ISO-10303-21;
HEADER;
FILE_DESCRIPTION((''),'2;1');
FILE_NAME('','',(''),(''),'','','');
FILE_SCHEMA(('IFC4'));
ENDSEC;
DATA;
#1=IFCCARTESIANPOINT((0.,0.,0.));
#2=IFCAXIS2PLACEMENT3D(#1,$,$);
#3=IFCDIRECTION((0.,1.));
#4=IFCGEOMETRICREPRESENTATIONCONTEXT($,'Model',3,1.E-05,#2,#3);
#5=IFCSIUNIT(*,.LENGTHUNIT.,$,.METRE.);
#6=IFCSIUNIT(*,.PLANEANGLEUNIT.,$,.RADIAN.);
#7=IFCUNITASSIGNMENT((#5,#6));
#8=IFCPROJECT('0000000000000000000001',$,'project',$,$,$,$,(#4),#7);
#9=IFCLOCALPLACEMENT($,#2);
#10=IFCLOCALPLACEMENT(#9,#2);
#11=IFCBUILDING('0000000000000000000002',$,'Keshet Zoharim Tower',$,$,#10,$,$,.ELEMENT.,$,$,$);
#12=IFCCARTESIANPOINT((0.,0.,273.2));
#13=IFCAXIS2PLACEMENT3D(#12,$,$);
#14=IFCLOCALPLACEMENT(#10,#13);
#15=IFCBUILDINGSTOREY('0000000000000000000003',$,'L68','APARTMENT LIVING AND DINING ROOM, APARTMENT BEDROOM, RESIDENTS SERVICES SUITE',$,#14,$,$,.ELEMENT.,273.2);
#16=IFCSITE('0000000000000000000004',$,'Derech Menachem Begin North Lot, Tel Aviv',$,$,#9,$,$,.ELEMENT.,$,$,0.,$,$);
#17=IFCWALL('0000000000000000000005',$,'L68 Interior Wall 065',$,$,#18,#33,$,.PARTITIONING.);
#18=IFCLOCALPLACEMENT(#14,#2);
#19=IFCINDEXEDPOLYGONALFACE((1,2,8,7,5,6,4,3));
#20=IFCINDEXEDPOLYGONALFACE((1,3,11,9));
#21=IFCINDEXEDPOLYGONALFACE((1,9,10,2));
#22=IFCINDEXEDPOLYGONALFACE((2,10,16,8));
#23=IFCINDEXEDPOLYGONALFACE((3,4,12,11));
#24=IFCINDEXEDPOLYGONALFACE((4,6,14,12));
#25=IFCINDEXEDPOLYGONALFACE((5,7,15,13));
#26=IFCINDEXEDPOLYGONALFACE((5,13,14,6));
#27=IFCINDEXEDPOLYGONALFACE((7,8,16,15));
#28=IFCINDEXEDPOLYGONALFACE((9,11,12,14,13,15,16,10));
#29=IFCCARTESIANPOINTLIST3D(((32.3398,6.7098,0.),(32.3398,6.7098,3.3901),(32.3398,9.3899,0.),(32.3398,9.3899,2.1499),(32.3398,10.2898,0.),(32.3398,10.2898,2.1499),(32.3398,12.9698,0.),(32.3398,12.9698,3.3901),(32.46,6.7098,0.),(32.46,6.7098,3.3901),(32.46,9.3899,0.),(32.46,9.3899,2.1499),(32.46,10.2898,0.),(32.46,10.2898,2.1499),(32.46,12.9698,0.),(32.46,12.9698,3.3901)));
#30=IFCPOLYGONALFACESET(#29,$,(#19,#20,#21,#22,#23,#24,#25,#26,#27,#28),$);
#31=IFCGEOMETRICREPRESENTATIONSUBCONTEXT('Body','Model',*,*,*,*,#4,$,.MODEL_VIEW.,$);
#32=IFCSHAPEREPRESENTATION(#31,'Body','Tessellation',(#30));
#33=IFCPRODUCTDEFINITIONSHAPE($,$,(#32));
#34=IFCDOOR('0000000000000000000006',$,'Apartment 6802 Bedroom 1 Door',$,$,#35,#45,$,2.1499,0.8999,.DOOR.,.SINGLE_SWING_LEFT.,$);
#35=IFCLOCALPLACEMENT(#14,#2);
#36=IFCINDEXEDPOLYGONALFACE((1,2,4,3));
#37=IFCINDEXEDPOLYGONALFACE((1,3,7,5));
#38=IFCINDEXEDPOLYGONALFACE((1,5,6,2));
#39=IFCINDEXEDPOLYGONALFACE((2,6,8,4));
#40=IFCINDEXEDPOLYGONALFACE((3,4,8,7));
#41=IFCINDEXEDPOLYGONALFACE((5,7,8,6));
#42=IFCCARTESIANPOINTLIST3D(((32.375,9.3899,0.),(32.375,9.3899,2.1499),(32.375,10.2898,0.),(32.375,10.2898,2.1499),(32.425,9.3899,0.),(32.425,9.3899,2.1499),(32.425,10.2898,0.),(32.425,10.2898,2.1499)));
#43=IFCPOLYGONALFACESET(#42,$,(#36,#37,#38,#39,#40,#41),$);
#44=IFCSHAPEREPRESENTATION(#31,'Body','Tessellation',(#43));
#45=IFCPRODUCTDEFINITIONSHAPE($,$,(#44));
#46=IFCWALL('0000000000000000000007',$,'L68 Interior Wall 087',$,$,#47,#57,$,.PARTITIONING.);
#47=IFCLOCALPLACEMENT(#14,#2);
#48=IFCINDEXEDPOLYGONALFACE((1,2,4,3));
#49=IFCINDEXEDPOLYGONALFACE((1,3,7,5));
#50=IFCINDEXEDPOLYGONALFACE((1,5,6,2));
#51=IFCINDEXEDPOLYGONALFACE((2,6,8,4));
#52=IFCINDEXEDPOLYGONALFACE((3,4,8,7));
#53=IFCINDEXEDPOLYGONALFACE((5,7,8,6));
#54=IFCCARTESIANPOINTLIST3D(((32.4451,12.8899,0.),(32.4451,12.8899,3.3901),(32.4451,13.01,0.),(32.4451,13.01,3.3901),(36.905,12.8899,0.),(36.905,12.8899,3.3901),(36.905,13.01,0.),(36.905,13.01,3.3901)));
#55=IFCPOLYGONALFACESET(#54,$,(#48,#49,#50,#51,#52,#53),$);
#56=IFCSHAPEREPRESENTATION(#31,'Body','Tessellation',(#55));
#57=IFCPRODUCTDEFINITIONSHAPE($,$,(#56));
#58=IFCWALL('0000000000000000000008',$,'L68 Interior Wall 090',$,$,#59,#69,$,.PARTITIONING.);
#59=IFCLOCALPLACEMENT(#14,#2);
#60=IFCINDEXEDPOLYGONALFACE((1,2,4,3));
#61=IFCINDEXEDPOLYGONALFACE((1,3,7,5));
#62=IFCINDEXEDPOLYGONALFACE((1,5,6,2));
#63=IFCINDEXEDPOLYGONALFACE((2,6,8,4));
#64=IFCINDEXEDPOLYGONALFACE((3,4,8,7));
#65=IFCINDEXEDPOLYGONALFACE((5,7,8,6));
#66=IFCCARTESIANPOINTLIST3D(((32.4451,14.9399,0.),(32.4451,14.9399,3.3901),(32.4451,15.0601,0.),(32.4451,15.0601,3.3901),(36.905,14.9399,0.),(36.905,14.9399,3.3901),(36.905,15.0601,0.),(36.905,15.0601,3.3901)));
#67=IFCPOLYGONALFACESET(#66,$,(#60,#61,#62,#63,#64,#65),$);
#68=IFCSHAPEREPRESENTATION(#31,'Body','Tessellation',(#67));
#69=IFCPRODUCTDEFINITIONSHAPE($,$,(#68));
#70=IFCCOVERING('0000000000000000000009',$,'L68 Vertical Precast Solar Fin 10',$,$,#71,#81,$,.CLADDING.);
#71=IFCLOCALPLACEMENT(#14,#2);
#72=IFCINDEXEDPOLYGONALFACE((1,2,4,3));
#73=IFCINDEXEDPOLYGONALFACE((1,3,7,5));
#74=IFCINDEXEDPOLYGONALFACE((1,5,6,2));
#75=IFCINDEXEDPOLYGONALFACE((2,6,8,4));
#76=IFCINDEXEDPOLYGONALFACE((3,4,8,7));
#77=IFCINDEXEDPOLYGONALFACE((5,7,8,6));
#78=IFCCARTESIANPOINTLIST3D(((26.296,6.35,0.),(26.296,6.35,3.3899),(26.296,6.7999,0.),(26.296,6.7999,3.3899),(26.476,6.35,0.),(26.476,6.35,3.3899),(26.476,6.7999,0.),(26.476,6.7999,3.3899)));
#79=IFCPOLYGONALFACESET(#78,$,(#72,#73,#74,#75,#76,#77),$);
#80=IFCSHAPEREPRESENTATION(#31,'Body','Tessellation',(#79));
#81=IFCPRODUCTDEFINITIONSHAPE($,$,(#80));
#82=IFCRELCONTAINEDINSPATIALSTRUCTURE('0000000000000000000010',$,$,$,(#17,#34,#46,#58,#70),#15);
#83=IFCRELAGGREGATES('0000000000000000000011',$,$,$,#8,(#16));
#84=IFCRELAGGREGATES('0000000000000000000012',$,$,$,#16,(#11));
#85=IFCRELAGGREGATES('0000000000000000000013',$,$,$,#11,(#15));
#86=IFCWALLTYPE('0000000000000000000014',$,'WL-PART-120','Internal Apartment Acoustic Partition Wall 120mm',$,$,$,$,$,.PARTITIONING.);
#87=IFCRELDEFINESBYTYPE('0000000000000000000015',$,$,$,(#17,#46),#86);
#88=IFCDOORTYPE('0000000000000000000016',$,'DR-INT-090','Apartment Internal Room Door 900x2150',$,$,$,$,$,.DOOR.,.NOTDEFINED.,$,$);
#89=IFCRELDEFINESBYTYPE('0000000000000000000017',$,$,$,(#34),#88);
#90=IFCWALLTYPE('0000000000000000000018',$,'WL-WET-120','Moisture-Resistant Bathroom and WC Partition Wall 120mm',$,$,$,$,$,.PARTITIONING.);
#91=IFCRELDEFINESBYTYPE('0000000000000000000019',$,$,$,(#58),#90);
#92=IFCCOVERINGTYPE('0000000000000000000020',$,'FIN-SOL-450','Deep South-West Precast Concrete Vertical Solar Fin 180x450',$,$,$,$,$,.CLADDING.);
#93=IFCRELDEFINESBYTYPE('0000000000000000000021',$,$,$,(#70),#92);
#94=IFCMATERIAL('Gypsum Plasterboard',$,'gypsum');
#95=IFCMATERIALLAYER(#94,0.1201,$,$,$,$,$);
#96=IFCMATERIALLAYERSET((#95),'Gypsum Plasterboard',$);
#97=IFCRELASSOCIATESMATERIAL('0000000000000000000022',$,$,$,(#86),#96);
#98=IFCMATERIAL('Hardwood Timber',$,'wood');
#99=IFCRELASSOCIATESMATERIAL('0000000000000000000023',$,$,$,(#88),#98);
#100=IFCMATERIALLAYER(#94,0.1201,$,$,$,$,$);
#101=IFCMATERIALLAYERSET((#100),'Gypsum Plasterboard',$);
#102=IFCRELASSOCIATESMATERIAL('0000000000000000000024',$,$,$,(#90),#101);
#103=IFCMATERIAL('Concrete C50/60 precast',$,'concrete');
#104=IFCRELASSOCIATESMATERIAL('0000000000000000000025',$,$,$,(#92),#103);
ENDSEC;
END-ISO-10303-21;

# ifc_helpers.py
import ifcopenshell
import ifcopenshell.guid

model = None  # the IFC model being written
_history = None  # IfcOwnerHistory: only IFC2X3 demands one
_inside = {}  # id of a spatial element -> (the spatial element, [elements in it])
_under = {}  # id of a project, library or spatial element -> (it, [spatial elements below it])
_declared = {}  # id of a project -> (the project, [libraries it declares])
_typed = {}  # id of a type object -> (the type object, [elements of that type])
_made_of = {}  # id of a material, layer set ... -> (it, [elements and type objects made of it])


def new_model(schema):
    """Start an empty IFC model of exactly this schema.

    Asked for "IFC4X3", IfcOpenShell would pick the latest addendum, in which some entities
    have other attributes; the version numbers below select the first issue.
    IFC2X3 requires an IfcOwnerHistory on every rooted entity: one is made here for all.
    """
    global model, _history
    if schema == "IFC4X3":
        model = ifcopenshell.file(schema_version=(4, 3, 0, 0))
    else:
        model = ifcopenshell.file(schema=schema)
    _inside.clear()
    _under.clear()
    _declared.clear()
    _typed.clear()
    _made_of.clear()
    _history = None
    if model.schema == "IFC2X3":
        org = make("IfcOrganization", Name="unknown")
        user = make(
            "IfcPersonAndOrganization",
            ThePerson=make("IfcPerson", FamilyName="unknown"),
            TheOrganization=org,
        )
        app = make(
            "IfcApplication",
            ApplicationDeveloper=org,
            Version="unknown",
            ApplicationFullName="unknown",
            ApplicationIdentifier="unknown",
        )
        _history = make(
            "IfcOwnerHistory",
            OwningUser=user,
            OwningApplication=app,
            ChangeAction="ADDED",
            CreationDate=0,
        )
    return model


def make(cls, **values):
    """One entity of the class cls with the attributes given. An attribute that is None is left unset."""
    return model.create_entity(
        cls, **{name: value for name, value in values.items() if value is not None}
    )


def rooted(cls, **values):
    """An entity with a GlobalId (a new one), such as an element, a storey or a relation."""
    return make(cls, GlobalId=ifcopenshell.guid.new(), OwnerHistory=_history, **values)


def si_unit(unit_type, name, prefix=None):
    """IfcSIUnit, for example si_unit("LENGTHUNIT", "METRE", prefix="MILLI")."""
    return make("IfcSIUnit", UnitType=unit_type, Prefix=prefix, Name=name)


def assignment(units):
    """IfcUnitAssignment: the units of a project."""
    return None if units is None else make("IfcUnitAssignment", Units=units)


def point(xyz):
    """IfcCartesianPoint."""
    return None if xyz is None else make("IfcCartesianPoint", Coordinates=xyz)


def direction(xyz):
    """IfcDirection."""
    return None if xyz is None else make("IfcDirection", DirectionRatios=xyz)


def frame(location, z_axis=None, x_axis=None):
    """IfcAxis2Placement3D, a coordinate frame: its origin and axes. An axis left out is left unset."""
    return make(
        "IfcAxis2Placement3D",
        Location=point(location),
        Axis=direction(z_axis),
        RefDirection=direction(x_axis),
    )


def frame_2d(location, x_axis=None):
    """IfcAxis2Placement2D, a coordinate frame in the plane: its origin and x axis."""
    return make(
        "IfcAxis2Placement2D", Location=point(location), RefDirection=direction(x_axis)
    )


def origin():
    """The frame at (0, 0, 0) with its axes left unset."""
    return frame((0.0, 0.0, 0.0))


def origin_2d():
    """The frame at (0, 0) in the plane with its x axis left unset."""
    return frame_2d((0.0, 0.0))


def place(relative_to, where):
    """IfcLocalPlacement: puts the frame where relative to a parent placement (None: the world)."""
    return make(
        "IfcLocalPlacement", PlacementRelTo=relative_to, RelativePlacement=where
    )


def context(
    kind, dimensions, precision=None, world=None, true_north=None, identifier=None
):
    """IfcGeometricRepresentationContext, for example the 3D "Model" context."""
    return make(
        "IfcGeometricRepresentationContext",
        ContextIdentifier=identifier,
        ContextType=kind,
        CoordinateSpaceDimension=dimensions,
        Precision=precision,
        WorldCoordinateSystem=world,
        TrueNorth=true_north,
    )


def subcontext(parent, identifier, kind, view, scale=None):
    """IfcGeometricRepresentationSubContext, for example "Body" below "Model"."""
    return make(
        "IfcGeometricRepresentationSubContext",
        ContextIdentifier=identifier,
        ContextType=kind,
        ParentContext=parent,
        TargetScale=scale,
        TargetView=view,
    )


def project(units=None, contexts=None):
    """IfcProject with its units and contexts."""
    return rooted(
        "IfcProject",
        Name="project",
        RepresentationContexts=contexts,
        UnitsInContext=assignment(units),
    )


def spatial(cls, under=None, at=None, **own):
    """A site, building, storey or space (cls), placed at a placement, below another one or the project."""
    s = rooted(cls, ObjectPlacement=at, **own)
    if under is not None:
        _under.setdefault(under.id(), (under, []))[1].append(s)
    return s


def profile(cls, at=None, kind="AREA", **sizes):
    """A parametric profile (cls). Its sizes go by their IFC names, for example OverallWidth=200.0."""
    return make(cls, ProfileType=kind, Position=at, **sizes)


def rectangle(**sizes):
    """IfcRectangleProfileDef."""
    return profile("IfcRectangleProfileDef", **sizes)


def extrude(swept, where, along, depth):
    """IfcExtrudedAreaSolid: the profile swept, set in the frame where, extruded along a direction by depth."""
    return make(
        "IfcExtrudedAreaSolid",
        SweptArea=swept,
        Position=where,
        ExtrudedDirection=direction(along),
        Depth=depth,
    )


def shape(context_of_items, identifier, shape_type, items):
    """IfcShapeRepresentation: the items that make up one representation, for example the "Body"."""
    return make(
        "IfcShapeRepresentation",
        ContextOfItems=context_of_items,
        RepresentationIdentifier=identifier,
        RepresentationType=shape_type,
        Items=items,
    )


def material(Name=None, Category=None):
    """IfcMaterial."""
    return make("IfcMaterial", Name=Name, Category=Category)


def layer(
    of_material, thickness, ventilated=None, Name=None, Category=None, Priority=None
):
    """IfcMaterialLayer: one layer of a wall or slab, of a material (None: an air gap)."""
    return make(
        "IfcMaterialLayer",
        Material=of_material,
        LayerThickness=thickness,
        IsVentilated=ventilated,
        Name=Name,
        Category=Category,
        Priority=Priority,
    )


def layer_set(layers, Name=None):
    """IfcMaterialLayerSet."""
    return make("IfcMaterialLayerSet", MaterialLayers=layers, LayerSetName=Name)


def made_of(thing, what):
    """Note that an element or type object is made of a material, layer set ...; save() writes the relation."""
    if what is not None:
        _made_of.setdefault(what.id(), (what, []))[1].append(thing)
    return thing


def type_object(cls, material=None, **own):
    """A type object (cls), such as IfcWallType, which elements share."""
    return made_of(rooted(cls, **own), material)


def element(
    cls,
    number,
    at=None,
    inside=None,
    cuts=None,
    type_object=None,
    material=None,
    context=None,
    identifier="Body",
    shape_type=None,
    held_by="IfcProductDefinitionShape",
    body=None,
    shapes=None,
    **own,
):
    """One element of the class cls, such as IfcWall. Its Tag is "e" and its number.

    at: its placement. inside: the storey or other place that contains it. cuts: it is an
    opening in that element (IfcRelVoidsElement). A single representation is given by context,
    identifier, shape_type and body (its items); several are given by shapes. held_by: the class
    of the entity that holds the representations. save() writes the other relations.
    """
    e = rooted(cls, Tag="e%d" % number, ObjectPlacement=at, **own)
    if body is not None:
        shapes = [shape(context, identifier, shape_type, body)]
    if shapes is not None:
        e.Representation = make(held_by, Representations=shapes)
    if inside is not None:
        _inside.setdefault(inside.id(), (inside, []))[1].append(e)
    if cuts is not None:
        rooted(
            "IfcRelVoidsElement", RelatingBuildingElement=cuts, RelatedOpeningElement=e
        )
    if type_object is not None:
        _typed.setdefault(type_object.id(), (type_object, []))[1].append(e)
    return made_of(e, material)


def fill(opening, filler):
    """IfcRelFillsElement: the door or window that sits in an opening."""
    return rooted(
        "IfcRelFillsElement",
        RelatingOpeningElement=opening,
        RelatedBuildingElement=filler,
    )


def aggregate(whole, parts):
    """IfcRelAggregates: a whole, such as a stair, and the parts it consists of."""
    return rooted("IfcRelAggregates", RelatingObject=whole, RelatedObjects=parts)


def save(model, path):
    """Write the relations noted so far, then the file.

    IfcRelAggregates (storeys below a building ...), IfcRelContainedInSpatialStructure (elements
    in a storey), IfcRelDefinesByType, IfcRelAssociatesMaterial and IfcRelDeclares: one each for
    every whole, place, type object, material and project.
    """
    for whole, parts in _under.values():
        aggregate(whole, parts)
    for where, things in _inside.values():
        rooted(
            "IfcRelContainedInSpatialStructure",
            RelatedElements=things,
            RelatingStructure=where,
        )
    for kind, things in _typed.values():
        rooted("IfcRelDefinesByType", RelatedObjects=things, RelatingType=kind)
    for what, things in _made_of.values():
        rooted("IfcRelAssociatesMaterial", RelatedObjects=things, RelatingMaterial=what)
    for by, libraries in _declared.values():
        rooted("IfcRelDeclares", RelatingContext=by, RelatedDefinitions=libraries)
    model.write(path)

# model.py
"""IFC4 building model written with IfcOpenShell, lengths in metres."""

from ifc_helpers import new_model, si_unit, direction, frame, frame_2d, origin, origin_2d, place, context, subcontext, project, spatial, rectangle, extrude, material, layer, layer_set, type_object, element, fill, save


model = new_model("IFC4")

# Units and contexts
model_context = context("Model", 3, precision=1e-05, world=origin(), true_north=direction((0.0, 1.0)))
body_context = subcontext(model_context, "Body", "Model", "MODEL_VIEW")
ifc_project = project(units=[si_unit("LENGTHUNIT", "METRE"), si_unit("PLANEANGLEUNIT", "RADIAN")], contexts=[model_context])

# Site, building, storey
site_placement = place(None, origin())
site = spatial("IfcSite", under=ifc_project, at=site_placement, Name="Derech Menachem Begin North Lot, Tel Aviv", CompositionType="ELEMENT", RefElevation=0.0)
building_placement = place(site_placement, origin())
building = spatial("IfcBuilding", under=site, at=building_placement, Name="Keshet Zoharim Tower", CompositionType="ELEMENT")
storey_placement = place(building_placement, frame((0.0, 0.0, 273.2)))
storey = spatial("IfcBuildingStorey", under=building, at=storey_placement, Name="L68", Description="APARTMENT LIVING AND DINING ROOM, APARTMENT BEDROOM, RESIDENTS SERVICES SUITE", CompositionType="ELEMENT", Elevation=273.2)

# Shared definitions
ifc_material_1 = material(Name="Gypsum Plasterboard", Category="gypsum")
ifc_layer_1 = layer(ifc_material_1, 0.1201)
ifc_layer_set_1 = layer_set([ifc_layer_1], Name="Gypsum Plasterboard")
wall_type_1 = type_object("IfcWallType", Name="WL-PART-120", Description="Internal Apartment Acoustic Partition Wall 120mm", PredefinedType="PARTITIONING", material=ifc_layer_set_1)

# Wall, opening, door
wall_1_placement = place(storey_placement, frame((32.3999, 6.71, 0.0), z_axis=(0.0, 0.0, 1.0), x_axis=(0.0, 1.0, 0.0)))
wall_1 = element("IfcWall", 1, at=wall_1_placement, inside=storey, type_object=wall_type_1, Name="L68 Interior Wall 065", PredefinedType="PARTITIONING", context=body_context, shape_type="SweptSolid", body=[
    extrude(rectangle(XDim=6.26, YDim=0.1201, at=frame_2d((3.1299, 0.0))), origin(), (0.0, 0.0, 1.0), 3.3901),
])
opening_1_placement = place(wall_1_placement, frame((2.6799, 0.0, 0.0)))
opening_1 = element("IfcOpeningElement", 2, at=opening_1_placement, cuts=wall_1, PredefinedType="OPENING", context=body_context, shape_type="SweptSolid", body=[
    extrude(rectangle(XDim=0.8999, YDim=2.1499, at=frame_2d((0.45, 1.075))), frame((0.0, 0.0701, 0.0), z_axis=(0.0, -1.0, 0.0), x_axis=(1.0, 0.0, 0.0)), (0.0, 0.0, 1.0), 0.1401),
])
ifc_material_2 = material(Name="Hardwood Timber", Category="wood")
door_type = type_object("IfcDoorType", Name="DR-INT-090", Description="Apartment Internal Room Door 900x2150", OperationType="NOTDEFINED", PredefinedType="DOOR", material=ifc_material_2)
door_1_placement = place(opening_1_placement, origin())
door_1 = element("IfcDoor", 3, at=door_1_placement, inside=storey, type_object=door_type, Name="Apartment 6802 Bedroom 1 Door", OperationType="SINGLE_SWING_LEFT", OverallHeight=2.1499, OverallWidth=0.8999, PredefinedType="DOOR", context=body_context, shape_type="SweptSolid", body=[
    extrude(rectangle(XDim=0.8999, YDim=2.1499, at=frame_2d((0.45, 1.075))), frame((0.0, 0.0249, 0.0), z_axis=(0.0, -1.0, 0.0), x_axis=(1.0, 0.0, 0.0)), (0.0, 0.0, 1.0), 0.05),
])
fill(opening_1, door_1)

# Walls
wall_2_placement = place(storey_placement, frame((32.4451, 12.95, 0.0), z_axis=(0.0, 0.0, 1.0), x_axis=(1.0, 0.0, 0.0)))
element("IfcWall", 4, at=wall_2_placement, inside=storey, type_object=wall_type_1, Name="L68 Interior Wall 087", PredefinedType="PARTITIONING", context=body_context, shape_type="SweptSolid", body=[
    extrude(rectangle(XDim=4.46, YDim=0.1201, at=frame_2d((2.23, 0.0))), origin(), (0.0, 0.0, 1.0), 3.3901),
])
ifc_layer_2 = layer(ifc_material_1, 0.1201)
ifc_layer_set_2 = layer_set([ifc_layer_2], Name="Gypsum Plasterboard")
wall_type_2 = type_object("IfcWallType", Name="WL-WET-120", Description="Moisture-Resistant Bathroom and WC Partition Wall 120mm", PredefinedType="PARTITIONING", material=ifc_layer_set_2)
wall_3_placement = place(storey_placement, frame((32.4451, 15.0, 0.0), z_axis=(0.0, 0.0, 1.0), x_axis=(1.0, 0.0, 0.0)))
element("IfcWall", 5, at=wall_3_placement, inside=storey, type_object=wall_type_2, Name="L68 Interior Wall 090", PredefinedType="PARTITIONING", context=body_context, shape_type="SweptSolid", body=[
    extrude(rectangle(XDim=4.46, YDim=0.1201, at=frame_2d((2.23, 0.0))), origin(), (0.0, 0.0, 1.0), 3.3901),
])

# Covering
ifc_material_3 = material(Name="Concrete C50/60 precast", Category="concrete")
covering_type = type_object("IfcCoveringType", Name="FIN-SOL-450", Description="Deep South-West Precast Concrete Vertical Solar Fin 180x450", PredefinedType="CLADDING", material=ifc_material_3)
covering_placement = place(storey_placement, frame((26.386, 6.575, 0.0), z_axis=(0.0, 0.0, 1.0), x_axis=(-1.0, 0.0, 0.0)))
element("IfcCovering", 6, at=covering_placement, inside=storey, type_object=covering_type, Name="L68 Vertical Precast Solar Fin 10", PredefinedType="CLADDING", context=body_context, shape_type="SweptSolid", body=[
    extrude(rectangle(XDim=0.1799, YDim=0.45, at=origin_2d()), origin(), (0.0, 0.0, 1.0), 3.3899),
])

save(model, "model.ifc")
